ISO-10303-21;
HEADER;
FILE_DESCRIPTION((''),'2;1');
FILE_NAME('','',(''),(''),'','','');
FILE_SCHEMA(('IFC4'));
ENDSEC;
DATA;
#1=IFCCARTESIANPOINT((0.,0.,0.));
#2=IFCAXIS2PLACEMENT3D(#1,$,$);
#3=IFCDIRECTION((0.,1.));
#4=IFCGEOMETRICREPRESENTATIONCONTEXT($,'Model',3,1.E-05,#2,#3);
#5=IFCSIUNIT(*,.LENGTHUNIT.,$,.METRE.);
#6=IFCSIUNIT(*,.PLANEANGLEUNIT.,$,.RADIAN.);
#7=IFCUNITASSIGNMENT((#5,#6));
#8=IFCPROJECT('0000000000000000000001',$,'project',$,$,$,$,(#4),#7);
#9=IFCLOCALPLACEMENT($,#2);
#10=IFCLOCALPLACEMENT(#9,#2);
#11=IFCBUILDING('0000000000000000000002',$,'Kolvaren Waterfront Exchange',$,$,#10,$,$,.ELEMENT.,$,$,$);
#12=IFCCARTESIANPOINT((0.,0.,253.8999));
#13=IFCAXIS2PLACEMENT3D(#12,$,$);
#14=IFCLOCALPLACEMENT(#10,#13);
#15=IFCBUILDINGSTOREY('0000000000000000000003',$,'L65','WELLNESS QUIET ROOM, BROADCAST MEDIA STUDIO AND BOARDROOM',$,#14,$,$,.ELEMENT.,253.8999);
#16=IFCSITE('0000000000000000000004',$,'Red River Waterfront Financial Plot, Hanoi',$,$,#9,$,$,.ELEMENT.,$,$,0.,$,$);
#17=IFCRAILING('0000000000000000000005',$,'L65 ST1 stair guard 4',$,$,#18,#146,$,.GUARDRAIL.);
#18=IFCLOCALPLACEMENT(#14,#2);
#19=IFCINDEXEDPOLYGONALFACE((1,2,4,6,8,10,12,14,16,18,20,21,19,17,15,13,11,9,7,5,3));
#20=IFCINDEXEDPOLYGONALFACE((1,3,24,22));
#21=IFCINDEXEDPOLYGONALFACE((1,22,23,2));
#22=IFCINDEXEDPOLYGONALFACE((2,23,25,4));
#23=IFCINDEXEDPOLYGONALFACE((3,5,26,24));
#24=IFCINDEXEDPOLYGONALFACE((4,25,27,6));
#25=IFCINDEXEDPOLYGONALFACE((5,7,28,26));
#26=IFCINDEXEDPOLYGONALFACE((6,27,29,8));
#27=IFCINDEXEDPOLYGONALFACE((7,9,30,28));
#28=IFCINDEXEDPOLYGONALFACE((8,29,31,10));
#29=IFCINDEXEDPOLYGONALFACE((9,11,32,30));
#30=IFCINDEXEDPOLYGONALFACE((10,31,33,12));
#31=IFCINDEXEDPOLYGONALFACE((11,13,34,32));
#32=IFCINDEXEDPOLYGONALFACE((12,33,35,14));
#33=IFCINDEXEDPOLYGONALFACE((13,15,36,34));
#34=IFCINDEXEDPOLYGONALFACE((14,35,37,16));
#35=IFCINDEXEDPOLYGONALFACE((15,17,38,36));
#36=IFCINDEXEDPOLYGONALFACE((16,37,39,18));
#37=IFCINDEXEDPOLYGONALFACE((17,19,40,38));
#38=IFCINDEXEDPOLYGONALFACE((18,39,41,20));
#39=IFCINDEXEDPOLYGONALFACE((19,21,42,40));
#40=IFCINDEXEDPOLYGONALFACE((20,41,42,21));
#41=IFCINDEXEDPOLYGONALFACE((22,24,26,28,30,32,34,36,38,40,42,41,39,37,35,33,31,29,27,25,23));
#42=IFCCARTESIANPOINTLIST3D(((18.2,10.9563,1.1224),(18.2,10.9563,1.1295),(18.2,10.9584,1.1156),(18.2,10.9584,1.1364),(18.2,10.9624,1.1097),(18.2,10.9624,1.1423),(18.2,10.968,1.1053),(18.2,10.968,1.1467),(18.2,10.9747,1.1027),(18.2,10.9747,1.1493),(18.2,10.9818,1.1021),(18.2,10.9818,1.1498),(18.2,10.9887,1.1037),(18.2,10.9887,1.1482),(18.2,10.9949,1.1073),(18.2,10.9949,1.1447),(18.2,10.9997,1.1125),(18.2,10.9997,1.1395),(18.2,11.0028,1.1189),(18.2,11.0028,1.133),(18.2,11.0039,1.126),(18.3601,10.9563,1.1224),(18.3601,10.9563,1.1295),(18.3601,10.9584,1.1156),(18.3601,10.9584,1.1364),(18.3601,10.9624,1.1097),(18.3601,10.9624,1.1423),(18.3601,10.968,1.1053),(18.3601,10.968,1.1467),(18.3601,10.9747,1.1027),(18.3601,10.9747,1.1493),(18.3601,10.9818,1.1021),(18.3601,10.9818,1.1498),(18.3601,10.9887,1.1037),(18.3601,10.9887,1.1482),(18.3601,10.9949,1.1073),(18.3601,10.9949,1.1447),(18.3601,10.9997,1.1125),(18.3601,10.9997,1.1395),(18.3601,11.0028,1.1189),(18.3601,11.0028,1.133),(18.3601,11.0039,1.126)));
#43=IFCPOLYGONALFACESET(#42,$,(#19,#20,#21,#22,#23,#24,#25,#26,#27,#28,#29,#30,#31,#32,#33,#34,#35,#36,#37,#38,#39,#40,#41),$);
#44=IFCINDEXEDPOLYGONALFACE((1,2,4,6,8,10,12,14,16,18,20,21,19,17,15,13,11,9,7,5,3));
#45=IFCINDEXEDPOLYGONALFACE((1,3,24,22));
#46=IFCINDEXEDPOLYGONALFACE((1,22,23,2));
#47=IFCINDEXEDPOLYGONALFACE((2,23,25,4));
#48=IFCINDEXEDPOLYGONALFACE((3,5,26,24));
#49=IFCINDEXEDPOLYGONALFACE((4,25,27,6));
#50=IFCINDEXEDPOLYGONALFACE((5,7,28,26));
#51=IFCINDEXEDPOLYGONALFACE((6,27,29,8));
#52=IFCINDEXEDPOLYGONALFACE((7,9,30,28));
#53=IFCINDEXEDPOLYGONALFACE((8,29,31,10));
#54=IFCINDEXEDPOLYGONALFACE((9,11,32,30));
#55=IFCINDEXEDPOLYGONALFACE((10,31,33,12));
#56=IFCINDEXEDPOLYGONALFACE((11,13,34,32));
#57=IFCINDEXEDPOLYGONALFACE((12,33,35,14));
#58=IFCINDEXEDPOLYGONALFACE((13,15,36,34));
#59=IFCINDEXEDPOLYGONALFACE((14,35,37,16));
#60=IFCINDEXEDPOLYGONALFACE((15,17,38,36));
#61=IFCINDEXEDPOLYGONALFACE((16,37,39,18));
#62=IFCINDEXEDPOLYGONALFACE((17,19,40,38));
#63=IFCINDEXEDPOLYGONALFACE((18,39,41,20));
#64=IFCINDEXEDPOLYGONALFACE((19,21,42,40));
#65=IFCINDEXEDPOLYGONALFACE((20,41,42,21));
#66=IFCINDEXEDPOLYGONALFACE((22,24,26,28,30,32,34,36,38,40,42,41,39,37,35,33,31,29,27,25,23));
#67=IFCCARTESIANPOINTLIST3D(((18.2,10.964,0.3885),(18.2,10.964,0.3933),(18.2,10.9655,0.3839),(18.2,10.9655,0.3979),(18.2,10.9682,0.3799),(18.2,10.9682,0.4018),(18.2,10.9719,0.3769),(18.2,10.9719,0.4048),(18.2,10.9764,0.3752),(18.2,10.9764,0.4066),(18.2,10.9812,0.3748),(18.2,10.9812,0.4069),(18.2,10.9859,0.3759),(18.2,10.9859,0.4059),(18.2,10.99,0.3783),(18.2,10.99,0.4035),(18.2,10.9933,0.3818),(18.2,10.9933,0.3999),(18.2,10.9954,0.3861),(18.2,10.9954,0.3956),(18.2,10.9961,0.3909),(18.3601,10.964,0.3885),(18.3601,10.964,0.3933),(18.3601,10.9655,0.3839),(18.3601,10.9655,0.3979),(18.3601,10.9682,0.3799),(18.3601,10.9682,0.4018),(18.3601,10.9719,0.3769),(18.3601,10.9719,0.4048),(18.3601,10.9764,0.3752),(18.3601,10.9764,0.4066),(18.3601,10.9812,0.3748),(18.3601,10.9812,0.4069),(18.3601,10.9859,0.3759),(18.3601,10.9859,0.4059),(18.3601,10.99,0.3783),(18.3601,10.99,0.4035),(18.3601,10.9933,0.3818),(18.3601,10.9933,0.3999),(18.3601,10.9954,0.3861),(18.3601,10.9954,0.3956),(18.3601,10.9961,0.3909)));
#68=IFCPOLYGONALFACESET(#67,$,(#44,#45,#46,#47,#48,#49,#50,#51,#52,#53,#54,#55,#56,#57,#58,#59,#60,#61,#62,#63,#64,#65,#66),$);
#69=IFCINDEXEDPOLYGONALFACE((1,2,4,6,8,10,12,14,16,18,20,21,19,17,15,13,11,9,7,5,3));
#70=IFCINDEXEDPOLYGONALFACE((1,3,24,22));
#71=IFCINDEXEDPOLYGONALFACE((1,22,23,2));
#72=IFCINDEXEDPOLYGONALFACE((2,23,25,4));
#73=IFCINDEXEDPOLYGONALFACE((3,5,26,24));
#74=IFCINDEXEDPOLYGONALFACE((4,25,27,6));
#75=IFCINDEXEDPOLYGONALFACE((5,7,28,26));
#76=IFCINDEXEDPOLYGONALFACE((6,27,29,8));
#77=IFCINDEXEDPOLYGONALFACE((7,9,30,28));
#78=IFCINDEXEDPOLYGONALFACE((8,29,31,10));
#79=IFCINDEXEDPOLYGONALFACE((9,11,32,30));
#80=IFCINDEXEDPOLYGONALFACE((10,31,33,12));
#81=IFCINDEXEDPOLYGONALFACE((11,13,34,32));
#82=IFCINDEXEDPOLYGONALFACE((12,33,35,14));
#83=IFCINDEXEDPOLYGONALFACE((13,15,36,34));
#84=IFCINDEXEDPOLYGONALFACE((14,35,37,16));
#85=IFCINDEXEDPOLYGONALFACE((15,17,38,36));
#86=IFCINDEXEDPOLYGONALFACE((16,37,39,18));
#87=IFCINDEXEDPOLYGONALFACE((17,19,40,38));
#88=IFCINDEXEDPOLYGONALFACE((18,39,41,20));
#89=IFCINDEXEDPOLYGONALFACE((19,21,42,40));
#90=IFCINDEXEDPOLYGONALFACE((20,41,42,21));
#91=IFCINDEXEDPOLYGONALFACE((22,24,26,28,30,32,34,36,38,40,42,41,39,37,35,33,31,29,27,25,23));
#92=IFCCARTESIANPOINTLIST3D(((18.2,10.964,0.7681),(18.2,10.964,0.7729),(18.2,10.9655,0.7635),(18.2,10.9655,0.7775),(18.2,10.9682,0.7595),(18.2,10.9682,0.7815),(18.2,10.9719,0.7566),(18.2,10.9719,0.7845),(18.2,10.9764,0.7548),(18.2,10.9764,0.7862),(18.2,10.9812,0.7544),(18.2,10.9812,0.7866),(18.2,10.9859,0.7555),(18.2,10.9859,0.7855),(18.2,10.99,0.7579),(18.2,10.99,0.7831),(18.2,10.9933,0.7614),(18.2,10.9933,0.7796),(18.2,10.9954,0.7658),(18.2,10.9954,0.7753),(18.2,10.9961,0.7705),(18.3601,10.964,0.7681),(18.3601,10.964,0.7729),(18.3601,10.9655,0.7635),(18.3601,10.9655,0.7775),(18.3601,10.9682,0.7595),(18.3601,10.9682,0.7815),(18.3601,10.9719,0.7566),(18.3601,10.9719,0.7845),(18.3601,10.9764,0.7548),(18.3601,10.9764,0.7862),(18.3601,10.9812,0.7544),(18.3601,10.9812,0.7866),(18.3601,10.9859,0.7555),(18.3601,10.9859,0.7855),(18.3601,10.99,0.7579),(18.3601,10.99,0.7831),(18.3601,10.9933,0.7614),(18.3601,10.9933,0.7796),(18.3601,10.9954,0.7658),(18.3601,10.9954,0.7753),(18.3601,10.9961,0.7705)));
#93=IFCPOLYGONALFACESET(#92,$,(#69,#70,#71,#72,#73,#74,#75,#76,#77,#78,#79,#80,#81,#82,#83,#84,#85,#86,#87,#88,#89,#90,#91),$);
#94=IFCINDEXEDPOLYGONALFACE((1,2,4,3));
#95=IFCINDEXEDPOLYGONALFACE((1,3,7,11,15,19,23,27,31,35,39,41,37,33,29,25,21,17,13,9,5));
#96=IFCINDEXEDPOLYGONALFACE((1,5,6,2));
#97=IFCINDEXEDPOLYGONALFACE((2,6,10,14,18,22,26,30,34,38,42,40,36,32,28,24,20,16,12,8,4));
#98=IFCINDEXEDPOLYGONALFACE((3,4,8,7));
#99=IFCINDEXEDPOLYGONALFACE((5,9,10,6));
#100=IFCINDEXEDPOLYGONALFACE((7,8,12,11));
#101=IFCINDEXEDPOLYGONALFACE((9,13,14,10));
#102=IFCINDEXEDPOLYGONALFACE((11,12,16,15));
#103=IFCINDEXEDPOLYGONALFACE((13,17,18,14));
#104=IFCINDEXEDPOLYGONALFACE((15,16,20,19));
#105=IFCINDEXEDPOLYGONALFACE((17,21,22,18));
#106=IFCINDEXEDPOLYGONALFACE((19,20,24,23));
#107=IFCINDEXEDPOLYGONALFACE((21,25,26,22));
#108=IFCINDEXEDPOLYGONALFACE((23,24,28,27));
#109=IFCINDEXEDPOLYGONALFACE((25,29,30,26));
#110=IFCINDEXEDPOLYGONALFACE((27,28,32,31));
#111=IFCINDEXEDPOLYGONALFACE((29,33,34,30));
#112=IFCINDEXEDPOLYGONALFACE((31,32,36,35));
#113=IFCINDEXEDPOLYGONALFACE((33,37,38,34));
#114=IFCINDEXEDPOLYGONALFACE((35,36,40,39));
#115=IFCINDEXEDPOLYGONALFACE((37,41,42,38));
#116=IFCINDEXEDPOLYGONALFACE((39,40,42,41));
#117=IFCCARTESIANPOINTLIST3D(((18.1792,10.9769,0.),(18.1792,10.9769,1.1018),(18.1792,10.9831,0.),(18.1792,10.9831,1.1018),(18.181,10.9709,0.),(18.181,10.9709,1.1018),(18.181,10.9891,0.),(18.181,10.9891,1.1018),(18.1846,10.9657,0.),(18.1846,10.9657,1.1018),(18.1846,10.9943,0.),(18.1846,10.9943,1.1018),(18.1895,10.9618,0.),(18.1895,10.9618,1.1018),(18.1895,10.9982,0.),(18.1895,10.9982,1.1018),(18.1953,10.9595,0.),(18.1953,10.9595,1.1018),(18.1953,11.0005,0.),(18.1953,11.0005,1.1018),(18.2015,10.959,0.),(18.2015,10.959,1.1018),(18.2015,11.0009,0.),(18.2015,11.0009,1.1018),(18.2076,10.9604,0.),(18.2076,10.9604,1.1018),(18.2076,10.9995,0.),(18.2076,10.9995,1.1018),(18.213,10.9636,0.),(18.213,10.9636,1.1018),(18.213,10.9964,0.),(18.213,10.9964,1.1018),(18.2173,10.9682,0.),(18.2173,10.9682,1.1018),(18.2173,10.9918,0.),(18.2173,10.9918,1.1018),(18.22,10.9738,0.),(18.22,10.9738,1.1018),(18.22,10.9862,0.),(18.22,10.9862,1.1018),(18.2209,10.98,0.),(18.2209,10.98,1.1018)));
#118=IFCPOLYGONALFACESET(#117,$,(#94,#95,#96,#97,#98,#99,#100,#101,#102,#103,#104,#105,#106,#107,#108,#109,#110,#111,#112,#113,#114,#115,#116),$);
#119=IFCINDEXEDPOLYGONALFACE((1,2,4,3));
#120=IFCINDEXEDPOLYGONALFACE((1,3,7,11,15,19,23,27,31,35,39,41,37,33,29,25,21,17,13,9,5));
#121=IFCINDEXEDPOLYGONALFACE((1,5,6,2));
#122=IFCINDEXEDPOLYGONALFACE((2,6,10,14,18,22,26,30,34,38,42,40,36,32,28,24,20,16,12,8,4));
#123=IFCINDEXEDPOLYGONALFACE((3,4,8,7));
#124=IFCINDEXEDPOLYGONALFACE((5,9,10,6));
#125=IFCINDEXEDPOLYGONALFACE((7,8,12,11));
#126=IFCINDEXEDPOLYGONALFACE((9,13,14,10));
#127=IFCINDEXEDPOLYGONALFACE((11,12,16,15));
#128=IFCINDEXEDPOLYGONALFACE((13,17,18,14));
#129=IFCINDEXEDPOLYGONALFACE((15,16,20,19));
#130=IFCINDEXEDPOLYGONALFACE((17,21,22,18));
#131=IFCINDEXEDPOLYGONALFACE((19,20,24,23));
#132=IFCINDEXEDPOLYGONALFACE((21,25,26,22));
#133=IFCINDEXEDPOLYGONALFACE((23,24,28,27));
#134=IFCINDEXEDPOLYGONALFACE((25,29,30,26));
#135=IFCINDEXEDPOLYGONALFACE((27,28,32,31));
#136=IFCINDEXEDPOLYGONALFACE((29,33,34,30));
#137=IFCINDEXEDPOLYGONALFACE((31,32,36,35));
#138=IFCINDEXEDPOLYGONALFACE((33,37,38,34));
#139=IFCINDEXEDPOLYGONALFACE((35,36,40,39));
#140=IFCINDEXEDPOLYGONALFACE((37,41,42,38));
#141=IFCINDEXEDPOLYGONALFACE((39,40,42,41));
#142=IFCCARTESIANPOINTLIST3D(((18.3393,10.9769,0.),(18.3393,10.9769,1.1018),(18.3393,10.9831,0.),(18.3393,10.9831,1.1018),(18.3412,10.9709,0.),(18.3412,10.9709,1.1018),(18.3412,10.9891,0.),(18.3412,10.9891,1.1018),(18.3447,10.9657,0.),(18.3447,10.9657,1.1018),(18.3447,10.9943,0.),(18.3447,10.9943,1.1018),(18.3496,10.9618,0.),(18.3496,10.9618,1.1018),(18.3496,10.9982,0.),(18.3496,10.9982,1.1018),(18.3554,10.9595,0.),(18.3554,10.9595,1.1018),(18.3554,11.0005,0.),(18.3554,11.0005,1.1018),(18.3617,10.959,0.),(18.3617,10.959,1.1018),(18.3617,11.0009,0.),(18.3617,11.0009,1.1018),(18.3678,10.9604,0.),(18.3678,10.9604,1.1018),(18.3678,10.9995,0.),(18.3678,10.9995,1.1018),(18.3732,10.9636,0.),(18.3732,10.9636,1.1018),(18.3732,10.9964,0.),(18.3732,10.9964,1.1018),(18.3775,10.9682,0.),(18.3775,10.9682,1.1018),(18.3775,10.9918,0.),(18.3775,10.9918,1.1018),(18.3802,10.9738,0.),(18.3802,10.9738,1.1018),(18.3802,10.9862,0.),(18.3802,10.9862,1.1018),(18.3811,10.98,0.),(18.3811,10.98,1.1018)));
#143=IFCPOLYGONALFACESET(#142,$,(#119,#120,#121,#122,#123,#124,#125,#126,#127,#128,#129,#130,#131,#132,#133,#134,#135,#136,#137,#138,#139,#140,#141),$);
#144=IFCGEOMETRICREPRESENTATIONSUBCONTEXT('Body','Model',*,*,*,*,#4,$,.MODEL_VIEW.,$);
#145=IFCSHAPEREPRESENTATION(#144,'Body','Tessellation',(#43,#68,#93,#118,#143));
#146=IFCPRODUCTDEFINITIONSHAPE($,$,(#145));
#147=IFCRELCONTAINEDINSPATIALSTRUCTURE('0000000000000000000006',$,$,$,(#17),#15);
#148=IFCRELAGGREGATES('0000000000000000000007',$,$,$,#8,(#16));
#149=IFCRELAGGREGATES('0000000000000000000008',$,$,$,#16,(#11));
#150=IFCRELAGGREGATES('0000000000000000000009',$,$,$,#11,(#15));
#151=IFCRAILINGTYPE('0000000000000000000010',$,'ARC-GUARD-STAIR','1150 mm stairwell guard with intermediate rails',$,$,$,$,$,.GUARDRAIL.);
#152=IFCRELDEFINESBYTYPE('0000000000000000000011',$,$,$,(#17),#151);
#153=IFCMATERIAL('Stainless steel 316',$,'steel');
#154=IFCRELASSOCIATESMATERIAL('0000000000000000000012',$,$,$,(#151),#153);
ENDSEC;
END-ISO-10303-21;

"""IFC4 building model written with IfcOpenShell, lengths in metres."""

from ifc_helpers import new_model, si_unit, direction, frame, origin, origin_2d, place, context, subcontext, project, spatial, circle, extrude, material, type_object, element, save


model = new_model("IFC4")

# Units and contexts
model_context = context("Model", 3, precision=1e-05, world=origin(), true_north=direction((0.0, 1.0)))
body_context = subcontext(model_context, "Body", "Model", "MODEL_VIEW")
ifc_project = project(units=[si_unit("LENGTHUNIT", "METRE"), si_unit("PLANEANGLEUNIT", "RADIAN")], contexts=[model_context])

# Site, building, storey
site_placement = place(None, origin())
site = spatial("IfcSite", under=ifc_project, at=site_placement, Name="Red River Waterfront Financial Plot, Hanoi", CompositionType="ELEMENT", RefElevation=0.0)
building_placement = place(site_placement, origin())
building = spatial("IfcBuilding", under=site, at=building_placement, Name="Kolvaren Waterfront Exchange", CompositionType="ELEMENT")
storey_placement = place(building_placement, frame((0.0, 0.0, 253.8999)))
storey = spatial("IfcBuildingStorey", under=building, at=storey_placement, Name="L65", Description="WELLNESS QUIET ROOM, BROADCAST MEDIA STUDIO AND BOARDROOM", CompositionType="ELEMENT", Elevation=253.8999)

# Railing
ifc_material_1 = material(Name="Stainless steel 316", Category="steel")
railing_type_1 = type_object("IfcRailingType", Name="ARC-GUARD-STAIR", Description="1150 mm stairwell guard with intermediate rails", PredefinedType="GUARDRAIL", material=ifc_material_1)
railing_1_placement = place(storey_placement, frame((18.2, 10.98, 0.0)))
element("IfcRailing", 1, at=railing_1_placement, inside=storey, type_object=railing_type_1, Name="L65 ST1 stair guard 4", PredefinedType="GUARDRAIL", context=body_context, shape_type="SweptSolid", body=[
    extrude(circle(Radius=0.0239, at=origin_2d()), frame((0.0, 0.0, 1.126), z_axis=(1.0, 0.0, 0.0), x_axis=(0.0, 1.0, 0.0)), (0.0, 0.0, 1.0), 0.1602),
    extrude(circle(Radius=0.0161, at=origin_2d()), frame((0.0, 0.0, 0.3909), z_axis=(1.0, 0.0, 0.0), x_axis=(0.0, 1.0, 0.0)), (0.0, 0.0, 1.0), 0.1602),
    extrude(circle(Radius=0.0161, at=origin_2d()), frame((0.0, 0.0, 0.7705), z_axis=(1.0, 0.0, 0.0), x_axis=(0.0, 1.0, 0.0)), (0.0, 0.0, 1.0), 0.1602),
    extrude(circle(Radius=0.021, at=origin_2d()), origin(), (0.0, 0.0, 1.0), 1.1018),
    extrude(circle(Radius=0.021, at=origin_2d()), frame((0.1602, 0.0, 0.0)), (0.0, 0.0, 1.0), 1.1018),
])

save(model, "model.ifc")
